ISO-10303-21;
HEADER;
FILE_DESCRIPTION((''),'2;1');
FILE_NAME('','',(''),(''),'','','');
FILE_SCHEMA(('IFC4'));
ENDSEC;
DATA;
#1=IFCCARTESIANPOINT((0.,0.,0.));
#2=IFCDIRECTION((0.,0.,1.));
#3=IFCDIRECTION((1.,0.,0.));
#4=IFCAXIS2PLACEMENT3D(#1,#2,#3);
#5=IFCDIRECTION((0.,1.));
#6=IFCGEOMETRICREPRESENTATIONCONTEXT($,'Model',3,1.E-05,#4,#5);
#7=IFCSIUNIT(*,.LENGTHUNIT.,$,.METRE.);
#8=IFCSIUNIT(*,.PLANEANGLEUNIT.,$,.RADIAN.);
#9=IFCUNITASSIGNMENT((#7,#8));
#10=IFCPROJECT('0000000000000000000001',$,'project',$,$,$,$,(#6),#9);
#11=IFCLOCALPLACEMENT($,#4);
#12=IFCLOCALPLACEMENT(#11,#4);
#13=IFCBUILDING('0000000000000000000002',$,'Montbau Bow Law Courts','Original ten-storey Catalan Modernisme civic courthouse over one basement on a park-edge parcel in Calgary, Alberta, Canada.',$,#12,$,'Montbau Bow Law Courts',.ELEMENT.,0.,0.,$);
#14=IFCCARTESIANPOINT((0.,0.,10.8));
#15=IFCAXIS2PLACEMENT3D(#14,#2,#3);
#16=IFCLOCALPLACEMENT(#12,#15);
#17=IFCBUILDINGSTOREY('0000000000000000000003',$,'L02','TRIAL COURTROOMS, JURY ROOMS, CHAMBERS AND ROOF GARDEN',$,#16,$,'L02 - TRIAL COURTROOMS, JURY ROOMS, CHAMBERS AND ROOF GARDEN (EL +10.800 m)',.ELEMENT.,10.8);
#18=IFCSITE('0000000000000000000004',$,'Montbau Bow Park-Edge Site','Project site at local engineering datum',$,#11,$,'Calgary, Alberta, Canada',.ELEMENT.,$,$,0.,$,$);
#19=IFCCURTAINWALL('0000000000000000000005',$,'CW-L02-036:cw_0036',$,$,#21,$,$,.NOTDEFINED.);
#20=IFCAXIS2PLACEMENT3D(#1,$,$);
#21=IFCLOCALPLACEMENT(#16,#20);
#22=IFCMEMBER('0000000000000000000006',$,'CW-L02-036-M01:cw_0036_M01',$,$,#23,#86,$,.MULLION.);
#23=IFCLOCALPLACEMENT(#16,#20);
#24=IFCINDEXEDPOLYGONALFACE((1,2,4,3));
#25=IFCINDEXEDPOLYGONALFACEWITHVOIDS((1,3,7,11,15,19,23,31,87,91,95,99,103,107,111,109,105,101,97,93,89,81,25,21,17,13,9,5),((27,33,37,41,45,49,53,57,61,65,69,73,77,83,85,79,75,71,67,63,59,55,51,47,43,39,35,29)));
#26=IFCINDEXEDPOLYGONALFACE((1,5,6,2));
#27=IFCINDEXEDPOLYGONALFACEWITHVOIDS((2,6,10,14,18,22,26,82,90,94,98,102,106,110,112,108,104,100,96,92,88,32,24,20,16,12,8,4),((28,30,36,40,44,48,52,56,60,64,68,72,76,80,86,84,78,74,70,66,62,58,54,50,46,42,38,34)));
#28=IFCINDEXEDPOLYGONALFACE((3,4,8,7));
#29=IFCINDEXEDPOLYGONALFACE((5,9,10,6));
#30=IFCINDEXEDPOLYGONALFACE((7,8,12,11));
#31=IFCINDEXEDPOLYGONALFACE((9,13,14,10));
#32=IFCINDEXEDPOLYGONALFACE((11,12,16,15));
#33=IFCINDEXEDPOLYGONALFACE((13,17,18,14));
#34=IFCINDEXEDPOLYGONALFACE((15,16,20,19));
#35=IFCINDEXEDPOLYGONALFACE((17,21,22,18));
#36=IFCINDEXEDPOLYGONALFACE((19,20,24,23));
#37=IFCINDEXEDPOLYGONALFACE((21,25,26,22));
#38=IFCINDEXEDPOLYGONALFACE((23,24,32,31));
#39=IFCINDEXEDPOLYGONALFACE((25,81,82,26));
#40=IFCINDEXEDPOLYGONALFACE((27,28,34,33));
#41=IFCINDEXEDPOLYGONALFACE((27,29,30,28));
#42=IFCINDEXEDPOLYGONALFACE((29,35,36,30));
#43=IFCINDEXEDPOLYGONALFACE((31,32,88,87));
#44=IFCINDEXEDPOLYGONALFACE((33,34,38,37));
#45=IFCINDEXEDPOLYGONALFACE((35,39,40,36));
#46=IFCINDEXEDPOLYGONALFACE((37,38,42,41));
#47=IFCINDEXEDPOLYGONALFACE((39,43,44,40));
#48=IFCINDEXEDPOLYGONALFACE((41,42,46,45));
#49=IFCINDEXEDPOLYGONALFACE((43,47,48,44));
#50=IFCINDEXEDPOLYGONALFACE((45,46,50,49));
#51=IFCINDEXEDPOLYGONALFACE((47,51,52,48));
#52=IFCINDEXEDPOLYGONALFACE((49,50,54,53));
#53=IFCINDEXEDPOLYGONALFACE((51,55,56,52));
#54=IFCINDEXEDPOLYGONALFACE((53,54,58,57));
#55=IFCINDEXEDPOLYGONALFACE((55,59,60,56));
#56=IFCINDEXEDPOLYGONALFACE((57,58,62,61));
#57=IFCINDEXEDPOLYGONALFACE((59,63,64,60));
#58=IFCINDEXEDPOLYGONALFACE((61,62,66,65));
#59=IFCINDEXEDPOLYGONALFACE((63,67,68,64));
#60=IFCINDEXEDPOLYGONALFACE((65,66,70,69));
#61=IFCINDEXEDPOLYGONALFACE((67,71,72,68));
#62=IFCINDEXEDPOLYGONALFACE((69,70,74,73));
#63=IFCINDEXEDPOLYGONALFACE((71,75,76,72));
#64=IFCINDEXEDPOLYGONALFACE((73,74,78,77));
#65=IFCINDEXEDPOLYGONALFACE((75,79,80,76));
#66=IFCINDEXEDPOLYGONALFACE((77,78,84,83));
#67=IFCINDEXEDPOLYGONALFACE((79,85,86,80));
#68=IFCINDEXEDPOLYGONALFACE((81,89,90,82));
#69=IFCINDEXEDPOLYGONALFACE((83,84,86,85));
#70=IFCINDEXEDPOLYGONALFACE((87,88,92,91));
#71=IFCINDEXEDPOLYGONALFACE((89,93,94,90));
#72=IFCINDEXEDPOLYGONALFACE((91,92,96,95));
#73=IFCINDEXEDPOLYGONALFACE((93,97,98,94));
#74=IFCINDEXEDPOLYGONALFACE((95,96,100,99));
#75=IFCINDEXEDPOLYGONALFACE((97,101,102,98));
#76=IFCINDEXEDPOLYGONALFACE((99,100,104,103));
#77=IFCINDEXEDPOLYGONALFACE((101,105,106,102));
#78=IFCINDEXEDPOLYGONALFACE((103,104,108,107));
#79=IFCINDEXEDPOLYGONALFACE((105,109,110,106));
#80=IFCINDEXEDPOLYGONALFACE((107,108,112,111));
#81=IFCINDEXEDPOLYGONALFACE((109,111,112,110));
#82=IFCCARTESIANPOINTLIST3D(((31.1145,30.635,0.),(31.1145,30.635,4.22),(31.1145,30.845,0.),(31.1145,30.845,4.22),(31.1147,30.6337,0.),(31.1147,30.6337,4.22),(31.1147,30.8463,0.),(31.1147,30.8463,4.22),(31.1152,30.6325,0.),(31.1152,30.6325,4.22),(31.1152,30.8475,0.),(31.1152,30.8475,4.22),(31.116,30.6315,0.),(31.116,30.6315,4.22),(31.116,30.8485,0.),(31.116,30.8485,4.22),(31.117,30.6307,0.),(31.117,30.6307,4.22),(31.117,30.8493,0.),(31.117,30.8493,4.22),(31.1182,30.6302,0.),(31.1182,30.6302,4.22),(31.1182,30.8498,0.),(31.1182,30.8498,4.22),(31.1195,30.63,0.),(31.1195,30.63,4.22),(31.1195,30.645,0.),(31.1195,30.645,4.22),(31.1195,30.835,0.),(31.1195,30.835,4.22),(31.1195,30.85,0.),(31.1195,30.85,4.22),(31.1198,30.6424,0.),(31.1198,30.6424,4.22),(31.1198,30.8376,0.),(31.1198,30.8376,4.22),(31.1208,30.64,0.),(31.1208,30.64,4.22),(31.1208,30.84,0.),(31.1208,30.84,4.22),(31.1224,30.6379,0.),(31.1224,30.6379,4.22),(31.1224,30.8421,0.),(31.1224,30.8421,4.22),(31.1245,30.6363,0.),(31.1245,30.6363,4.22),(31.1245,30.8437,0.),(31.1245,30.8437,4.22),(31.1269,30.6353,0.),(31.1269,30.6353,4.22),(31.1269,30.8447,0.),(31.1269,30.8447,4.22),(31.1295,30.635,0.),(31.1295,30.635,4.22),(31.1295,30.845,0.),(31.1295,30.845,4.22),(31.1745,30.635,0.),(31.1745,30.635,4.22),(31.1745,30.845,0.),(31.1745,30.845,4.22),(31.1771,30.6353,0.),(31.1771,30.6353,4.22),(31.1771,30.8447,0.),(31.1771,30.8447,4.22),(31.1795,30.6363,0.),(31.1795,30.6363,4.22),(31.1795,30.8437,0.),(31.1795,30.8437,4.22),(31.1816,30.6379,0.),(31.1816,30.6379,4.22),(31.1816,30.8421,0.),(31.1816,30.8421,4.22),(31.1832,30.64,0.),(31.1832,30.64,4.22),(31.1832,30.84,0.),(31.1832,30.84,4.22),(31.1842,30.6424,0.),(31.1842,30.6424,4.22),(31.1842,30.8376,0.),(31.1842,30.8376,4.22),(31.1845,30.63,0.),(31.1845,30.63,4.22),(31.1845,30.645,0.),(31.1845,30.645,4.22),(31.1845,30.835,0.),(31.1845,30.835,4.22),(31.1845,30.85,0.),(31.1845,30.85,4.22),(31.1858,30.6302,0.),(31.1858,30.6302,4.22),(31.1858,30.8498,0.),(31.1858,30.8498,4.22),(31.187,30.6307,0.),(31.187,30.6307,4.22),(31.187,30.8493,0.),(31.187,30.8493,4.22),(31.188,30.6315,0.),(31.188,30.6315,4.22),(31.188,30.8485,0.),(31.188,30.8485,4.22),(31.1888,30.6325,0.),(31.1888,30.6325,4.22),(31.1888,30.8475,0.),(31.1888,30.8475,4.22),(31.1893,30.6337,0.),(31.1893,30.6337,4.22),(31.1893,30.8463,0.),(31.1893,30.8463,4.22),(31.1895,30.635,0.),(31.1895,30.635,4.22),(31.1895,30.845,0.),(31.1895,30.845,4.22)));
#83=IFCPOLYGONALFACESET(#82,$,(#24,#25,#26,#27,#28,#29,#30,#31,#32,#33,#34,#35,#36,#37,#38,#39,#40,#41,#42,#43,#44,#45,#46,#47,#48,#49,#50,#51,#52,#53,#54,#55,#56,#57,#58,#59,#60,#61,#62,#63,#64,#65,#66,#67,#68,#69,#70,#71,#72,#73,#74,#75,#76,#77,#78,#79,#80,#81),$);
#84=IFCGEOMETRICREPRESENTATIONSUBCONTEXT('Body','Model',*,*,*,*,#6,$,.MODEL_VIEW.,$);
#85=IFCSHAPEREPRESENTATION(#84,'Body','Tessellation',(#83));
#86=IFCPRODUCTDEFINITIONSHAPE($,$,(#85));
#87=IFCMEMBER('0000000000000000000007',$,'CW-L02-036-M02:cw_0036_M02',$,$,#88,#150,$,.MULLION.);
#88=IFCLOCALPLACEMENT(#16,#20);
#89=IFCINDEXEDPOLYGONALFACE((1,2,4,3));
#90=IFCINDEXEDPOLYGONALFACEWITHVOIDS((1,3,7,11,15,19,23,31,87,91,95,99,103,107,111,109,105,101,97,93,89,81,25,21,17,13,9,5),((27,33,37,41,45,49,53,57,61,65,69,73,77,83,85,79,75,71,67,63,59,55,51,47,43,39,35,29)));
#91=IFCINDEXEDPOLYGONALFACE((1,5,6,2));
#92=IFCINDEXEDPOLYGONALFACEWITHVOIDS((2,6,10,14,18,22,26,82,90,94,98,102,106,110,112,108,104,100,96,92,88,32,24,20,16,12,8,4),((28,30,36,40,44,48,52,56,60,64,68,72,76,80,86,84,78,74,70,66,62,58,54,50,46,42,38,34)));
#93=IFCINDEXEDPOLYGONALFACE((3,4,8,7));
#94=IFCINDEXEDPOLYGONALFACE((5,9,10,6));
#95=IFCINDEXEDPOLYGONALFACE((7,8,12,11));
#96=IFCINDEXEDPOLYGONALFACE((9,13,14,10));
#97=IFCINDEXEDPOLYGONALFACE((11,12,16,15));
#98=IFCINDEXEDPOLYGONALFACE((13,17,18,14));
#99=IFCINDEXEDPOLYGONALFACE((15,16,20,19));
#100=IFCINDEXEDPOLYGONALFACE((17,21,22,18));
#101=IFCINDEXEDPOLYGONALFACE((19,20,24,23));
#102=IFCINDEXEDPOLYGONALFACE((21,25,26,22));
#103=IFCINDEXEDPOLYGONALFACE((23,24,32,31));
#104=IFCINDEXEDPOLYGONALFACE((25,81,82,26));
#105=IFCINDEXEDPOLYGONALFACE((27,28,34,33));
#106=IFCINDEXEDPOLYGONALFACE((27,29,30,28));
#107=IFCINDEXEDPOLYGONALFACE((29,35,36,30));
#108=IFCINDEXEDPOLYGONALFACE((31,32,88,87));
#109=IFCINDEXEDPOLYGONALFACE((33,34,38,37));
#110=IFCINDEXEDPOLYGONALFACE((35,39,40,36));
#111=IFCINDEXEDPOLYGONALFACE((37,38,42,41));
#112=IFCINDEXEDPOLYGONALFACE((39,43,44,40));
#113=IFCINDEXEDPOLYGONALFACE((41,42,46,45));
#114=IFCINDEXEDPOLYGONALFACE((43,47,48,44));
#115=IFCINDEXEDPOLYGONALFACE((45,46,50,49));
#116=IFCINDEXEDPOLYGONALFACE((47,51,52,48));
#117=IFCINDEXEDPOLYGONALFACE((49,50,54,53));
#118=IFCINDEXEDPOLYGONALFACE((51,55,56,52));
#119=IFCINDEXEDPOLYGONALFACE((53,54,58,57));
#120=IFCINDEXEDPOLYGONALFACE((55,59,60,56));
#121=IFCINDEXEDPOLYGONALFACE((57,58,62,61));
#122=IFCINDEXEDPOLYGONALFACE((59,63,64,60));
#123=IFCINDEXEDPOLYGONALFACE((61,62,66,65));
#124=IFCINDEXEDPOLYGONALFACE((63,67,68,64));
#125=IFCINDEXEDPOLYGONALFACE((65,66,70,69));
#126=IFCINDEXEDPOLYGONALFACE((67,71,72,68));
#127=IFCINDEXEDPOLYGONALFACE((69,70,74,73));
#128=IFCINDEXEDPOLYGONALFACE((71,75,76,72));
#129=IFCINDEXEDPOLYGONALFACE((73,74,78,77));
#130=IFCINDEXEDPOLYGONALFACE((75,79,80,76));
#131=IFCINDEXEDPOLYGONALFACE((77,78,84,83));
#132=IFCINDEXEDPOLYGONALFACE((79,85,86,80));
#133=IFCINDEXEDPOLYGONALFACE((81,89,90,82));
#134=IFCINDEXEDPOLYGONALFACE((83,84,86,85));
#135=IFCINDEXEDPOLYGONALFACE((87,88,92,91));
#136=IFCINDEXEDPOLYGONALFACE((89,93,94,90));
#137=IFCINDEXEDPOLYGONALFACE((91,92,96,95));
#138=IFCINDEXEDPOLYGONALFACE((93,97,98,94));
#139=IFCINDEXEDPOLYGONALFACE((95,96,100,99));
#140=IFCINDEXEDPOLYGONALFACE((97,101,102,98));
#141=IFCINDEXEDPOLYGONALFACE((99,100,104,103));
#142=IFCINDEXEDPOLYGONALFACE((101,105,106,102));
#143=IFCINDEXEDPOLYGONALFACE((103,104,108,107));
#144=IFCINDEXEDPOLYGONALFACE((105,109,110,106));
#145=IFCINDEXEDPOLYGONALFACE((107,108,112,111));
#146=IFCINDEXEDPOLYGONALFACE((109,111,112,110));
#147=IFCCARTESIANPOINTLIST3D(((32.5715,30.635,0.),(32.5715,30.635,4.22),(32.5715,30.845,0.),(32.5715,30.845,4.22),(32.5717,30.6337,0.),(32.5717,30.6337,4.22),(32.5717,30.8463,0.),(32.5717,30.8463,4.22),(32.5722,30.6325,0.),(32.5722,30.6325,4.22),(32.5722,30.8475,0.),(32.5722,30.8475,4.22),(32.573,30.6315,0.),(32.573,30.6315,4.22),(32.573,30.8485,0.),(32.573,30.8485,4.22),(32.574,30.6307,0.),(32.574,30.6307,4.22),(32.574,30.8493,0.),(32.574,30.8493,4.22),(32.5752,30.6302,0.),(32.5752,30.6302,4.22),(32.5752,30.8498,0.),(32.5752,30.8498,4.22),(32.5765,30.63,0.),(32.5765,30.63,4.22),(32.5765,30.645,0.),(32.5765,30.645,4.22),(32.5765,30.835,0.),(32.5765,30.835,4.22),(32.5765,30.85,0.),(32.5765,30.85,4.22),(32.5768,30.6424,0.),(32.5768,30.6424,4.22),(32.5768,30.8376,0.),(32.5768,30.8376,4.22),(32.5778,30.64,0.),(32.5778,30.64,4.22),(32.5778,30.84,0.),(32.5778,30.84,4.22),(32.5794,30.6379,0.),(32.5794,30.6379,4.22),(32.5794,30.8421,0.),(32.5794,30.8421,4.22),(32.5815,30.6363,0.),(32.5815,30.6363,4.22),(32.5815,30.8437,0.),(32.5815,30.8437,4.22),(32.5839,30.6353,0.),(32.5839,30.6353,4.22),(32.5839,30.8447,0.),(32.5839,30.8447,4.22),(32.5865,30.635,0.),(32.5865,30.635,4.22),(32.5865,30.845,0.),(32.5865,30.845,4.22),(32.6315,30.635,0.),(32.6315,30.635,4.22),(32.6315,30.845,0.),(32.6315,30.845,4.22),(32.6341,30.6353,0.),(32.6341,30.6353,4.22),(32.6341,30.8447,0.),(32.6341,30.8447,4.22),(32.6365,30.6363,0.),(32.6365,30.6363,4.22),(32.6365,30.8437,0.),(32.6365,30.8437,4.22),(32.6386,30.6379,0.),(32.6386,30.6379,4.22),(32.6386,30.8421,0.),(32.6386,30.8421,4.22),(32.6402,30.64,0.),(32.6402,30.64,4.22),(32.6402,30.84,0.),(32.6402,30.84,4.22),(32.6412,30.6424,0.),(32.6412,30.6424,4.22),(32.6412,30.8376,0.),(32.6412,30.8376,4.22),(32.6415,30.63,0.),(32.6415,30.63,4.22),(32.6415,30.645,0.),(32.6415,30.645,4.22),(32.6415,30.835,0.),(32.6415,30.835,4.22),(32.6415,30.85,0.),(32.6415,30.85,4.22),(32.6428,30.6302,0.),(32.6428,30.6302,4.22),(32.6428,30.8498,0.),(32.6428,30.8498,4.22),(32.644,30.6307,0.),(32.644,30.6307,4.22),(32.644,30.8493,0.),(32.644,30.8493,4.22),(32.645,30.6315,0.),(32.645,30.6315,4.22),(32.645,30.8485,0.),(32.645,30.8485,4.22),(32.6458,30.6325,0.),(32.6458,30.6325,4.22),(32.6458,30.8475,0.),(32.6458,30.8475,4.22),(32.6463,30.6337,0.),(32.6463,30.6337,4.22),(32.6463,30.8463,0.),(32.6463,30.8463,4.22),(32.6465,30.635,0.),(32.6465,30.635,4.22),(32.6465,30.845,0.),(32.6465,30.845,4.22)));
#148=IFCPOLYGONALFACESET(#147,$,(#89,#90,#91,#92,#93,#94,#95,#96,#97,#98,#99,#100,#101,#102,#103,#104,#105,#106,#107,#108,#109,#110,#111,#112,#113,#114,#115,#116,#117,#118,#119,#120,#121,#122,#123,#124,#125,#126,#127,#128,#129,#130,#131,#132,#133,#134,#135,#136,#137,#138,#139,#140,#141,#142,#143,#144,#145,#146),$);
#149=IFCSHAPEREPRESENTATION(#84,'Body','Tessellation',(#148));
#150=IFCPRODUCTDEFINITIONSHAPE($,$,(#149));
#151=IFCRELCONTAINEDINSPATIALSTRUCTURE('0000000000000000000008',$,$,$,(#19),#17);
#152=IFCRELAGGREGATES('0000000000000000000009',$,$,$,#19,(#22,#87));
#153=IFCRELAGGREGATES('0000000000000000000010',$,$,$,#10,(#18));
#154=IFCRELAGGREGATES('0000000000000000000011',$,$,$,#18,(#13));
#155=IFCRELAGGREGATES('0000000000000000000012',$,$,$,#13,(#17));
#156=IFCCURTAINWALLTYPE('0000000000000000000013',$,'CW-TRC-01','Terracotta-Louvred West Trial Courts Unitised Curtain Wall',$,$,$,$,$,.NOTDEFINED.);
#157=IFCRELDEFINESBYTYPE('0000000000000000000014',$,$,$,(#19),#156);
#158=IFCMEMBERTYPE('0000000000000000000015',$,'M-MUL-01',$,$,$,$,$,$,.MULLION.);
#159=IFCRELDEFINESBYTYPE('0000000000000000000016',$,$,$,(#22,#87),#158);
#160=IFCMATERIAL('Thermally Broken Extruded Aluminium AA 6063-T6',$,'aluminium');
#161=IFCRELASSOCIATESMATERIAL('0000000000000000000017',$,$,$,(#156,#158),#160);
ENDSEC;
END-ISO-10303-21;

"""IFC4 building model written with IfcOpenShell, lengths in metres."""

from ifc_helpers import new_model, si_unit, direction, frame, origin_with_axes, origin_2d_with_axis, place, context, subcontext, project, spatial, hollow_rectangle, extrude, material, material_profile, profile_set, type_object, element, aggregate, save


model = new_model("IFC4")

# Units and contexts
model_context = context("Model", 3, precision=1e-05, world=origin_with_axes(), true_north=direction((0.0, 1.0)))
body_context = subcontext(model_context, "Body", "Model", "MODEL_VIEW")
ifc_project = project(units=[si_unit("LENGTHUNIT", "METRE"), si_unit("PLANEANGLEUNIT", "RADIAN")], contexts=[model_context])

# Site, building, storey
site_placement = place(None, origin_with_axes())
site = spatial("IfcSite", under=ifc_project, at=site_placement, Name="Montbau Bow Park-Edge Site", Description="Project site at local engineering datum", LongName="Calgary, Alberta, Canada", CompositionType="ELEMENT", RefElevation=0.0)
building_placement = place(site_placement, origin_with_axes())
building = spatial("IfcBuilding", under=site, at=building_placement, Name="Montbau Bow Law Courts", Description="Original ten-storey Catalan Modernisme civic courthouse over one basement on a park-edge parcel in Calgary, Alberta, Canada.", LongName="Montbau Bow Law Courts", CompositionType="ELEMENT", ElevationOfRefHeight=0.0, ElevationOfTerrain=0.0)
storey_placement = place(building_placement, frame((0.0, 0.0, 10.8), z_axis=(0.0, 0.0, 1.0), x_axis=(1.0, 0.0, 0.0)))
storey = spatial("IfcBuildingStorey", under=building, at=storey_placement, Name="L02", Description="TRIAL COURTROOMS, JURY ROOMS, CHAMBERS AND ROOF GARDEN", LongName="L02 - TRIAL COURTROOMS, JURY ROOMS, CHAMBERS AND ROOF GARDEN (EL +10.800 m)", CompositionType="ELEMENT", Elevation=10.8)

# Curtain wall, members
ifc_material_1 = material(Name="Thermally Broken Extruded Aluminium AA 6063-T6", Category="aluminium")
curtain_wall_type = type_object("IfcCurtainWallType", Name="CW-TRC-01", Description="Terracotta-Louvred West Trial Courts Unitised Curtain Wall", PredefinedType="NOTDEFINED", material=ifc_material_1)
curtain_wall_1_placement = place(None, frame((31.115, 30.74, 10.8), z_axis=(0.0, 0.0, 1.0), x_axis=(1.0, 0.0, 0.0)))
curtain_wall_1 = element("IfcCurtainWall", 1, at=curtain_wall_1_placement, inside=storey, type_object=curtain_wall_type, Name="CW-L02-036:cw_0036", PredefinedType="NOTDEFINED")
ifc_material_profile_1 = material_profile(ifc_material_1, hollow_rectangle(XDim=0.075, YDim=0.22, WallThickness=0.005, InnerFilletRadius=0.01, OuterFilletRadius=0.005, at=origin_2d_with_axis()), Name="CWM-220X75", Category="Main", Priority=0)
ifc_profile_set_1 = profile_set([ifc_material_profile_1], Name="Thermally Broken Extruded Aluminium AA 6063-T6")
member_type_1 = type_object("IfcMemberType", Name="M-MUL-01", PredefinedType="MULLION", material=ifc_profile_set_1)
member_1_placement = place(None, frame((31.152, 30.74, 10.8), z_axis=(0.0, 0.0, 1.0), x_axis=(1.0, 0.0, 0.0)))
member_1 = element("IfcMember", 2, at=member_1_placement, type_object=member_type_1, Name="CW-L02-036-M01:cw_0036_M01", PredefinedType="MULLION", context=body_context, shape_type="SweptSolid", body=[
    extrude(hollow_rectangle(XDim=0.075, YDim=0.22, WallThickness=0.005, InnerFilletRadius=0.01, OuterFilletRadius=0.005, at=origin_2d_with_axis()), origin_with_axes(), (0.0, 0.0, 1.0), 4.22),
])
member_2_placement = place(None, frame((32.609, 30.74, 10.8), z_axis=(0.0, 0.0, 1.0), x_axis=(1.0, 0.0, 0.0)))
member_2 = element("IfcMember", 3, at=member_2_placement, type_object=member_type_1, Name="CW-L02-036-M02:cw_0036_M02", PredefinedType="MULLION", context=body_context, shape_type="SweptSolid", body=[
    extrude(hollow_rectangle(XDim=0.075, YDim=0.22, WallThickness=0.005, InnerFilletRadius=0.01, OuterFilletRadius=0.005, at=origin_2d_with_axis()), origin_with_axes(), (0.0, 0.0, 1.0), 4.22),
])

aggregate(curtain_wall_1, [member_1, member_2])

save(model, "model.ifc")
